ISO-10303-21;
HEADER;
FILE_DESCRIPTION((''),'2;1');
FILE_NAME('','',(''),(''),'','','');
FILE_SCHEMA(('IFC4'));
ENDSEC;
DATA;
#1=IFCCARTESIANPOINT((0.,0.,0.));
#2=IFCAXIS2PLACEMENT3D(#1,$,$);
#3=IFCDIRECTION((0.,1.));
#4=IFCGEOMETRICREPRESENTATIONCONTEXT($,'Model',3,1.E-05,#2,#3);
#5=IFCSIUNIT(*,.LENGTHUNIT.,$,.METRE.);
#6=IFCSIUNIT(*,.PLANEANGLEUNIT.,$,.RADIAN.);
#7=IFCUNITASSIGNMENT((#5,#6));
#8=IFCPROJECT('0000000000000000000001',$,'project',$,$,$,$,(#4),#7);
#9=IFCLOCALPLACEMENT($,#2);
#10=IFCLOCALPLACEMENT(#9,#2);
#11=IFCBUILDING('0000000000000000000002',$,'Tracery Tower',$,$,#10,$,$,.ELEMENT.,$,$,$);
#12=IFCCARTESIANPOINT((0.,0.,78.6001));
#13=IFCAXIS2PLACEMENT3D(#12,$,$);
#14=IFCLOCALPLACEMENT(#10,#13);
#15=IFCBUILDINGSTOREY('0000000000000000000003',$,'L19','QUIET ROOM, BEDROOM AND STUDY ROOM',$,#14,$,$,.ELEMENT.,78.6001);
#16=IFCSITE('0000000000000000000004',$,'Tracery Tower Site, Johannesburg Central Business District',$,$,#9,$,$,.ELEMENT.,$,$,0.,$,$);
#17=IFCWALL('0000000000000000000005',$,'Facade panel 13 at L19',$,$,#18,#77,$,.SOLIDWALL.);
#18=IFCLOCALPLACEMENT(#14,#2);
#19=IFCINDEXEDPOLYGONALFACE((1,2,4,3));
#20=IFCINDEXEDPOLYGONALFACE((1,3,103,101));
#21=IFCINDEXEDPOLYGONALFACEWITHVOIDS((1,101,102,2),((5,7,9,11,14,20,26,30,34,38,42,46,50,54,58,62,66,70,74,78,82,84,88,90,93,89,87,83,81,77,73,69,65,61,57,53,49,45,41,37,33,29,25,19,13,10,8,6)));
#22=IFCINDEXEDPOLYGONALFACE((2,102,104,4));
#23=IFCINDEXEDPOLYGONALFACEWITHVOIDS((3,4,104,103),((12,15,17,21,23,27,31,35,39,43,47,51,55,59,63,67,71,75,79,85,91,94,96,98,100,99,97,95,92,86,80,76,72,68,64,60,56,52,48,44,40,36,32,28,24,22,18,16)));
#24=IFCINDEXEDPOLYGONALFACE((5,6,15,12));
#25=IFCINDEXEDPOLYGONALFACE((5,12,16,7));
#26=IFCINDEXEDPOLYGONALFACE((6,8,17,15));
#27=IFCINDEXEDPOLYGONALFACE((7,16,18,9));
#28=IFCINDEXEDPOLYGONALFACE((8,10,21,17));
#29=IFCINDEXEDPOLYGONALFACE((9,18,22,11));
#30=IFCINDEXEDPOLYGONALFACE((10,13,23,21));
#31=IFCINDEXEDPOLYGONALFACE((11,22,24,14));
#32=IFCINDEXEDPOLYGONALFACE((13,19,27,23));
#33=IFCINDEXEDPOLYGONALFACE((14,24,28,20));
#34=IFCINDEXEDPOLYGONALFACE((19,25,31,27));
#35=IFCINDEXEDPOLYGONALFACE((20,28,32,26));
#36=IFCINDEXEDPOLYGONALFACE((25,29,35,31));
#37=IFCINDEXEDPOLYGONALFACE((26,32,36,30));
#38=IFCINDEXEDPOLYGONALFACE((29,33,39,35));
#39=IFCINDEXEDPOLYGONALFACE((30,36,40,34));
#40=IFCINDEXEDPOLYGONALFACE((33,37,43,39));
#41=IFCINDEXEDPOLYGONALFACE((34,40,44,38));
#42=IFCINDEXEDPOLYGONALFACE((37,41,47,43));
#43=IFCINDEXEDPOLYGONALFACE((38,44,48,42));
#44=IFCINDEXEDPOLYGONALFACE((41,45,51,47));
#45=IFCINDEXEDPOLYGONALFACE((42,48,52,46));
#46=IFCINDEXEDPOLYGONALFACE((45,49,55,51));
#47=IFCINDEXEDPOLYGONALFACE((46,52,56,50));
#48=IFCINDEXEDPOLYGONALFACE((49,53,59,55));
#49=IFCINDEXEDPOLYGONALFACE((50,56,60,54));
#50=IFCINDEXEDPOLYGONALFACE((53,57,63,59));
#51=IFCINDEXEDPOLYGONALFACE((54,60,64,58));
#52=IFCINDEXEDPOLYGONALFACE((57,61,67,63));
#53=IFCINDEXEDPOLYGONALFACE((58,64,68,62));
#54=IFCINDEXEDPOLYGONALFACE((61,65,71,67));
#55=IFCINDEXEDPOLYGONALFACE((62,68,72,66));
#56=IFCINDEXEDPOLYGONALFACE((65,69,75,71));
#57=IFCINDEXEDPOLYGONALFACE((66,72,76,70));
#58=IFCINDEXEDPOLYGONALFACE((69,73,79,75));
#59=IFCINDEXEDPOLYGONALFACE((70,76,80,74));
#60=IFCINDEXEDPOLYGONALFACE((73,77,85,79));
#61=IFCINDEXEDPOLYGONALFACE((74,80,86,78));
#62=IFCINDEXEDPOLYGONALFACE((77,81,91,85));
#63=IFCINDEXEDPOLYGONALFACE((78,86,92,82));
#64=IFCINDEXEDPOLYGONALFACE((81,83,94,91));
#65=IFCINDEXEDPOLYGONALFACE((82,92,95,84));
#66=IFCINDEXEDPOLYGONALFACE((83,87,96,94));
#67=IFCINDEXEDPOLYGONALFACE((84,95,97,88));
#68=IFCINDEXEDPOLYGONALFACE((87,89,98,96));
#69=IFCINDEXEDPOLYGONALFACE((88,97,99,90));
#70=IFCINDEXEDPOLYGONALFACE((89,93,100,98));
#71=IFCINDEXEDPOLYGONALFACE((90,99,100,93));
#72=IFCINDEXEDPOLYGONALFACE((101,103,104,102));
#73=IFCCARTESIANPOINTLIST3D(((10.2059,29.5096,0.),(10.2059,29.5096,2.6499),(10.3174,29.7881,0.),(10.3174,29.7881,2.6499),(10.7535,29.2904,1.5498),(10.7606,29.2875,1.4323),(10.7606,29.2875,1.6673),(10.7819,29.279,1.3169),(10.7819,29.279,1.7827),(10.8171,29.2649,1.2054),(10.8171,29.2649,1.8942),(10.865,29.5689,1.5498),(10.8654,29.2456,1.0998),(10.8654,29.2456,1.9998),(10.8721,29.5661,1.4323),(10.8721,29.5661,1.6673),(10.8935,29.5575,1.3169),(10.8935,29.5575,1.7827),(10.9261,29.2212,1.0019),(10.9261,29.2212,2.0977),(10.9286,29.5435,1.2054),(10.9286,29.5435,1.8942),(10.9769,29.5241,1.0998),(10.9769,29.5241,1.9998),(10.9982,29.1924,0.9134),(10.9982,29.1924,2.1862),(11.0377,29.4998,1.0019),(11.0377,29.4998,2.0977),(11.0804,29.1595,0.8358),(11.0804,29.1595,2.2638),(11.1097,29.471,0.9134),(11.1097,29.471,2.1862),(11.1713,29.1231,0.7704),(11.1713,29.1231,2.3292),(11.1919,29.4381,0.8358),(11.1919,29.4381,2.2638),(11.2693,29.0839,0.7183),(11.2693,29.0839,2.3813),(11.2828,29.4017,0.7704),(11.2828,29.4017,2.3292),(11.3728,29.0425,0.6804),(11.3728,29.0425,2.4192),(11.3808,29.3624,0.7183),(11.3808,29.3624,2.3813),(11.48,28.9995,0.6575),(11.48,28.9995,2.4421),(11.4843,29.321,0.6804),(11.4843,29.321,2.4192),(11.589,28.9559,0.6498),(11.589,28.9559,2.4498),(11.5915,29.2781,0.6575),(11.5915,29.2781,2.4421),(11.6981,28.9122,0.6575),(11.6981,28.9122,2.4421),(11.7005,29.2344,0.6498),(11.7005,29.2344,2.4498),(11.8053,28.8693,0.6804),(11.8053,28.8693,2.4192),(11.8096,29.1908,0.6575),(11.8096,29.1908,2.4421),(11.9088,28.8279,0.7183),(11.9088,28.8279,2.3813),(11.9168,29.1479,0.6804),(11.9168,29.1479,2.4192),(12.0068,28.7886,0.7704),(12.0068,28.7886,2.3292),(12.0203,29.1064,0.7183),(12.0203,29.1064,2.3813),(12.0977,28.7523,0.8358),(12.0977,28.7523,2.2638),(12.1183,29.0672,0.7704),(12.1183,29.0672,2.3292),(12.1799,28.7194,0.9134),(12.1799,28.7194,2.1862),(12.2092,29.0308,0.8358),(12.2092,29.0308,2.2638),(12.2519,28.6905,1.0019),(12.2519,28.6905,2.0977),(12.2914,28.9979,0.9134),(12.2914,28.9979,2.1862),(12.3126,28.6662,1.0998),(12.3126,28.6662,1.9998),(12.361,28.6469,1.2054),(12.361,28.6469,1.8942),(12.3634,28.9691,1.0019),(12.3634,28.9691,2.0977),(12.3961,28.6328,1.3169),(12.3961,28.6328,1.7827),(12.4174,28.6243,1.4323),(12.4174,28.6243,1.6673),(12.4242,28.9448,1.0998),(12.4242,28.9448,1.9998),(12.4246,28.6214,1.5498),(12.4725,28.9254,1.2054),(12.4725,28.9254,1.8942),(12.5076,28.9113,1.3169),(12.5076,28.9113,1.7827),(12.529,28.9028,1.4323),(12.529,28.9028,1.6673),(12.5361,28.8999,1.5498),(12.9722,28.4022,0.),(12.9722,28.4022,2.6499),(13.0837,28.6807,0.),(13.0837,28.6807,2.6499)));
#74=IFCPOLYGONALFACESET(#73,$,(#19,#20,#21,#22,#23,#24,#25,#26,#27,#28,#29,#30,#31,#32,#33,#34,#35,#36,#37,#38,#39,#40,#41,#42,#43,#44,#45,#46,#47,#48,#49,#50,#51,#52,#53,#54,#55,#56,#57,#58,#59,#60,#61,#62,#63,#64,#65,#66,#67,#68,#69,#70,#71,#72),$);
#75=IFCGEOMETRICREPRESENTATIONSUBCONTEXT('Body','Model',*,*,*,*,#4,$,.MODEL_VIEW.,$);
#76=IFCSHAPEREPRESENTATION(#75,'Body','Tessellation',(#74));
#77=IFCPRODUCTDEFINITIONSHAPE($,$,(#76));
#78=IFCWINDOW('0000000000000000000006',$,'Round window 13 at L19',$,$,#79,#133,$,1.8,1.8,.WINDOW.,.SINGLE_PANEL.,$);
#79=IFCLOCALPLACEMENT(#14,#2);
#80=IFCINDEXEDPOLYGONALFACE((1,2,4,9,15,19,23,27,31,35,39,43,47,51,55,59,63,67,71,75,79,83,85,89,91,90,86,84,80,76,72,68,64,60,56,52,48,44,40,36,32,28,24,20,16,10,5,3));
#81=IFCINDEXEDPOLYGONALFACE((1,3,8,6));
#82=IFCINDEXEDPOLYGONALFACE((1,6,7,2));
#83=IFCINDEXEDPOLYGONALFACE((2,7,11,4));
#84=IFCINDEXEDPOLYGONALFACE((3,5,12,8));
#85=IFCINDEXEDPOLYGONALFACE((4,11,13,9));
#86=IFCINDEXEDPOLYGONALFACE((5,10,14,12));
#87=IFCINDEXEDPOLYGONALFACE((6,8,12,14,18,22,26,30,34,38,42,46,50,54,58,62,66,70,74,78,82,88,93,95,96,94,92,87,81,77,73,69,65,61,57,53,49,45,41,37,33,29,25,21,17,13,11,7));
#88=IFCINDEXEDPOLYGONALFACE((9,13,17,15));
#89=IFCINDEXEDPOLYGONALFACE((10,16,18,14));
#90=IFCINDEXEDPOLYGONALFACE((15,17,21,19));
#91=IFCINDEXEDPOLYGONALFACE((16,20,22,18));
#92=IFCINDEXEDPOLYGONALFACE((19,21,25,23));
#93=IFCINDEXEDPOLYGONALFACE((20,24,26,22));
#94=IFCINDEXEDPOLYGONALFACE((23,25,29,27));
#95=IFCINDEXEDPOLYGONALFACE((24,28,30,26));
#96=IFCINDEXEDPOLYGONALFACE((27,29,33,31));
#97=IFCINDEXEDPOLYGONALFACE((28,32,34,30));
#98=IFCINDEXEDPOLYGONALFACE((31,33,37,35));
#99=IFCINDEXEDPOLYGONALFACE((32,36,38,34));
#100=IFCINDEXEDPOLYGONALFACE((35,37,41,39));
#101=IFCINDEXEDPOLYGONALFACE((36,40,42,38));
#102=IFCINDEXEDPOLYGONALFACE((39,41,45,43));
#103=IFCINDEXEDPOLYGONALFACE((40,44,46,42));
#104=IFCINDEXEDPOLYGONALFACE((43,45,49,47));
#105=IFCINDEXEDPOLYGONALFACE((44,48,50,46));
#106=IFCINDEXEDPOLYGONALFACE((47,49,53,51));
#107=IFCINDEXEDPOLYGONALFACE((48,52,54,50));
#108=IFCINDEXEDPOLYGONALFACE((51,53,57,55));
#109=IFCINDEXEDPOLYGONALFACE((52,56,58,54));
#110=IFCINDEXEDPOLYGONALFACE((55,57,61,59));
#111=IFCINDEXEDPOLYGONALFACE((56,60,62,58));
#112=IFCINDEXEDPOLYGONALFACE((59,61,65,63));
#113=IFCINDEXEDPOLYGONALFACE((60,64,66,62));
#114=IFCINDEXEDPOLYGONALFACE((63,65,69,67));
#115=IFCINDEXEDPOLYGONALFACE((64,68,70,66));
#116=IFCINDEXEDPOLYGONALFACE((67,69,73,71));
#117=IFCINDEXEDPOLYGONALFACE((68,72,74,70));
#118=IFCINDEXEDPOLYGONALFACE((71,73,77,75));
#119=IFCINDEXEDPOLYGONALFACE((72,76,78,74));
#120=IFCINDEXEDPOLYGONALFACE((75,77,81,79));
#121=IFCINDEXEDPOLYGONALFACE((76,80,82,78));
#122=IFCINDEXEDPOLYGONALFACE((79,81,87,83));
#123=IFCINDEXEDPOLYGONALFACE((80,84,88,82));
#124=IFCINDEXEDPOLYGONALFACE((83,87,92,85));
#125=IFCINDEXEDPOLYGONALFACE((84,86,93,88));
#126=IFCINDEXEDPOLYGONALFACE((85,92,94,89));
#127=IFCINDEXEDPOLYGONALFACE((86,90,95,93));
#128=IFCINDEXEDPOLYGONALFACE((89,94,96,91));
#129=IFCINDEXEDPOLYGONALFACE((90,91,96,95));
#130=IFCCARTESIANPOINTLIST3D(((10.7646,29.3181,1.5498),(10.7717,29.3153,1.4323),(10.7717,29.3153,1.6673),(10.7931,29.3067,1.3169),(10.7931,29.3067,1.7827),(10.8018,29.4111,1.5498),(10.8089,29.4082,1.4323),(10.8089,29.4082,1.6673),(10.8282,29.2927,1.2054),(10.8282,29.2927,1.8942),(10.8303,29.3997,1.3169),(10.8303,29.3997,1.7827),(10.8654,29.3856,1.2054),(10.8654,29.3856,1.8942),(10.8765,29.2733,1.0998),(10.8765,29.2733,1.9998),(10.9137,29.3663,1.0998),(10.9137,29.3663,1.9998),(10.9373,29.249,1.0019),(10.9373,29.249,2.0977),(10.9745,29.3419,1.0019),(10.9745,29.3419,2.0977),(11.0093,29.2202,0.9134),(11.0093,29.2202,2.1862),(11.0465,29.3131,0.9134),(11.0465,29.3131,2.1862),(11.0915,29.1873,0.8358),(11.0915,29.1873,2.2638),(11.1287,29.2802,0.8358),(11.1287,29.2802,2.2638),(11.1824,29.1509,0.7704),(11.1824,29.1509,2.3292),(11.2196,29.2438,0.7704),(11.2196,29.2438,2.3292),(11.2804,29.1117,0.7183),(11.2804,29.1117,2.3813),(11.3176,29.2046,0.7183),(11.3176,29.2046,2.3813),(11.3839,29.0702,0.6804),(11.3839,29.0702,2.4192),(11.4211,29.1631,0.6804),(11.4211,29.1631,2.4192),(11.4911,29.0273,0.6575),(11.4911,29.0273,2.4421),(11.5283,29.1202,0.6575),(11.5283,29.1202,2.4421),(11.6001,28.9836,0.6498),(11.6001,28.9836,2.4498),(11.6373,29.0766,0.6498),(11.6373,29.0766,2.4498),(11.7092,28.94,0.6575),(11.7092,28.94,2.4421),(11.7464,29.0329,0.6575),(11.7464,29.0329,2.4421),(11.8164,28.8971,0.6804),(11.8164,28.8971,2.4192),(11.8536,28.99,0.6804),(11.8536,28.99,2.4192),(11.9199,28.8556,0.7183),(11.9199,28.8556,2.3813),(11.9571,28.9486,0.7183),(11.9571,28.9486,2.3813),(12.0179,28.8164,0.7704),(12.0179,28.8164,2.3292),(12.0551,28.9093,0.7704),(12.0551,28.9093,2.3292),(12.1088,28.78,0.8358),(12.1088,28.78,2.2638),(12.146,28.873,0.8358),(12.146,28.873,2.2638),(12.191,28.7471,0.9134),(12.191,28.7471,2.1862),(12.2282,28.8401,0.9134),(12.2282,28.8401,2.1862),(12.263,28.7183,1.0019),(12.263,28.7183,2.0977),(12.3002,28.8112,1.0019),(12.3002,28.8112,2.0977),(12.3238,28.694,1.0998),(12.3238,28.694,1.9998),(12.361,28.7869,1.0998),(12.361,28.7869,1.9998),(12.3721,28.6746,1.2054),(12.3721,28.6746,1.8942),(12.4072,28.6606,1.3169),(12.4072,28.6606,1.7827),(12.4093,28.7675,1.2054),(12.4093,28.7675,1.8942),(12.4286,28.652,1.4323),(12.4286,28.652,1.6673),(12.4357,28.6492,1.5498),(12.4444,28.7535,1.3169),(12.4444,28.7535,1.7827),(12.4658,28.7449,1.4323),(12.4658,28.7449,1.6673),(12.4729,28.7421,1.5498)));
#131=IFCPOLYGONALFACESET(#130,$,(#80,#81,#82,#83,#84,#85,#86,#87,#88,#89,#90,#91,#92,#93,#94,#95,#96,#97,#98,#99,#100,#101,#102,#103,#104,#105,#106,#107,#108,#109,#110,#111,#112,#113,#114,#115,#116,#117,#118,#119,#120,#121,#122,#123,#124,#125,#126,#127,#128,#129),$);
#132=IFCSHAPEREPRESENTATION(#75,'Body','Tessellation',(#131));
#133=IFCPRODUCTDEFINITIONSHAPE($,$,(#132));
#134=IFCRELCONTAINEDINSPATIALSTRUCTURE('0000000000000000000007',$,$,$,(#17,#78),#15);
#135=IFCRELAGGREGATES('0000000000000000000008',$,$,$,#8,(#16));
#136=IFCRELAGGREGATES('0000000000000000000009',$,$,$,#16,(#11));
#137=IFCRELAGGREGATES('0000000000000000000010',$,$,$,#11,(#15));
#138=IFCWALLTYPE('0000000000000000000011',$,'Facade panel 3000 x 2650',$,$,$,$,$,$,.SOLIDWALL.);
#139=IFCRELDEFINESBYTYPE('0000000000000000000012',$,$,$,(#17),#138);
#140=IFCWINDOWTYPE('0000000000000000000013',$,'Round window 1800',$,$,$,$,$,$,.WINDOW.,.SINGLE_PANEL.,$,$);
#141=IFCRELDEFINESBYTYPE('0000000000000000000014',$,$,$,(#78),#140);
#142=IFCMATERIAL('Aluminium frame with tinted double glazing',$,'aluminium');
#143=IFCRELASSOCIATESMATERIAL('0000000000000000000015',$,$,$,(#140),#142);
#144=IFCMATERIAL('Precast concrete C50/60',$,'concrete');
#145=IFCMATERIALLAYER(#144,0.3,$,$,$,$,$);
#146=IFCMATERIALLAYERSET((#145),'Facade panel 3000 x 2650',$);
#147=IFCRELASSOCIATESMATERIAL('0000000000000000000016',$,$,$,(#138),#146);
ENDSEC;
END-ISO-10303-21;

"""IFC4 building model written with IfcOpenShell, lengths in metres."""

from ifc_helpers import new_model, si_unit, direction, frame, frame_2d, origin, origin_2d, place, context, subcontext, project, spatial, rectangle, circle, extrude, material, layer, layer_set, type_object, element, fill, save


model = new_model("IFC4")

# Units and contexts
model_context = context("Model", 3, precision=1e-05, world=origin(), true_north=direction((0.0, 1.0)))
body_context = subcontext(model_context, "Body", "Model", "MODEL_VIEW")
ifc_project = project(units=[si_unit("LENGTHUNIT", "METRE"), si_unit("PLANEANGLEUNIT", "RADIAN")], contexts=[model_context])

# Site, building, storey
site_placement = place(None, origin())
site = spatial("IfcSite", under=ifc_project, at=site_placement, Name="Tracery Tower Site, Johannesburg Central Business District", CompositionType="ELEMENT", RefElevation=0.0)
building_placement = place(site_placement, origin())
building = spatial("IfcBuilding", under=site, at=building_placement, Name="Tracery Tower", CompositionType="ELEMENT")
storey_placement = place(building_placement, frame((0.0, 0.0, 78.6001)))
storey = spatial("IfcBuildingStorey", under=building, at=storey_placement, Name="L19", Description="QUIET ROOM, BEDROOM AND STUDY ROOM", CompositionType="ELEMENT", Elevation=78.6001)

# Wall, opening, window
ifc_material_1 = material(Name="Aluminium frame with tinted double glazing", Category="aluminium")
window_type = type_object("IfcWindowType", Name="Round window 1800", PartitioningType="SINGLE_PANEL", PredefinedType="WINDOW", material=ifc_material_1)
ifc_material_2 = material(Name="Precast concrete C50/60", Category="concrete")
ifc_layer_1 = layer(ifc_material_2, 0.3)
ifc_layer_set_1 = layer_set([ifc_layer_1], Name="Facade panel 3000 x 2650")
wall_type_1 = type_object("IfcWallType", Name="Facade panel 3000 x 2650", PredefinedType="SOLIDWALL", material=ifc_layer_set_1)
wall_1_placement = place(storey_placement, frame((13.0278, 28.5415, 0.0), z_axis=(0.0, 0.0, 1.0), x_axis=(-0.928375, 0.371645, 0.0)))
wall_1 = element("IfcWall", 1, at=wall_1_placement, inside=storey, type_object=wall_type_1, Name="Facade panel 13 at L19", PredefinedType="SOLIDWALL", context=body_context, shape_type="SweptSolid", body=[
    extrude(rectangle(XDim=2.9797, YDim=0.3, at=frame_2d((1.4897, 0.0))), origin(), (0.0, 0.0, 1.0), 2.6499),
])
opening_1_placement = place(wall_1_placement, frame((1.4897, 0.0, 1.5498)))
opening_1 = element("IfcOpeningElement", 2, at=opening_1_placement, cuts=wall_1, PredefinedType="OPENING", context=body_context, shape_type="SweptSolid", body=[
    extrude(circle(Radius=0.9, at=origin_2d()), frame((0.0, 0.1599, 0.0), z_axis=(0.0, -1.0, 0.0), x_axis=(1.0, 0.0, 0.0)), (0.0, 0.0, 1.0), 0.3201),
])
window_1_placement = place(opening_1_placement, origin())
window_1 = element("IfcWindow", 3, at=window_1_placement, inside=storey, type_object=window_type, Name="Round window 13 at L19", OverallHeight=1.8, OverallWidth=1.8, PartitioningType="SINGLE_PANEL", PredefinedType="WINDOW", context=body_context, shape_type="SweptSolid", body=[
    extrude(circle(Radius=0.9, at=origin_2d()), frame((0.0, 0.1201, 0.0), z_axis=(0.0, -1.0, 0.0), x_axis=(1.0, 0.0, 0.0)), (0.0, 0.0, 1.0), 0.1001),
])
fill(opening_1, window_1)

save(model, "model.ifc")
